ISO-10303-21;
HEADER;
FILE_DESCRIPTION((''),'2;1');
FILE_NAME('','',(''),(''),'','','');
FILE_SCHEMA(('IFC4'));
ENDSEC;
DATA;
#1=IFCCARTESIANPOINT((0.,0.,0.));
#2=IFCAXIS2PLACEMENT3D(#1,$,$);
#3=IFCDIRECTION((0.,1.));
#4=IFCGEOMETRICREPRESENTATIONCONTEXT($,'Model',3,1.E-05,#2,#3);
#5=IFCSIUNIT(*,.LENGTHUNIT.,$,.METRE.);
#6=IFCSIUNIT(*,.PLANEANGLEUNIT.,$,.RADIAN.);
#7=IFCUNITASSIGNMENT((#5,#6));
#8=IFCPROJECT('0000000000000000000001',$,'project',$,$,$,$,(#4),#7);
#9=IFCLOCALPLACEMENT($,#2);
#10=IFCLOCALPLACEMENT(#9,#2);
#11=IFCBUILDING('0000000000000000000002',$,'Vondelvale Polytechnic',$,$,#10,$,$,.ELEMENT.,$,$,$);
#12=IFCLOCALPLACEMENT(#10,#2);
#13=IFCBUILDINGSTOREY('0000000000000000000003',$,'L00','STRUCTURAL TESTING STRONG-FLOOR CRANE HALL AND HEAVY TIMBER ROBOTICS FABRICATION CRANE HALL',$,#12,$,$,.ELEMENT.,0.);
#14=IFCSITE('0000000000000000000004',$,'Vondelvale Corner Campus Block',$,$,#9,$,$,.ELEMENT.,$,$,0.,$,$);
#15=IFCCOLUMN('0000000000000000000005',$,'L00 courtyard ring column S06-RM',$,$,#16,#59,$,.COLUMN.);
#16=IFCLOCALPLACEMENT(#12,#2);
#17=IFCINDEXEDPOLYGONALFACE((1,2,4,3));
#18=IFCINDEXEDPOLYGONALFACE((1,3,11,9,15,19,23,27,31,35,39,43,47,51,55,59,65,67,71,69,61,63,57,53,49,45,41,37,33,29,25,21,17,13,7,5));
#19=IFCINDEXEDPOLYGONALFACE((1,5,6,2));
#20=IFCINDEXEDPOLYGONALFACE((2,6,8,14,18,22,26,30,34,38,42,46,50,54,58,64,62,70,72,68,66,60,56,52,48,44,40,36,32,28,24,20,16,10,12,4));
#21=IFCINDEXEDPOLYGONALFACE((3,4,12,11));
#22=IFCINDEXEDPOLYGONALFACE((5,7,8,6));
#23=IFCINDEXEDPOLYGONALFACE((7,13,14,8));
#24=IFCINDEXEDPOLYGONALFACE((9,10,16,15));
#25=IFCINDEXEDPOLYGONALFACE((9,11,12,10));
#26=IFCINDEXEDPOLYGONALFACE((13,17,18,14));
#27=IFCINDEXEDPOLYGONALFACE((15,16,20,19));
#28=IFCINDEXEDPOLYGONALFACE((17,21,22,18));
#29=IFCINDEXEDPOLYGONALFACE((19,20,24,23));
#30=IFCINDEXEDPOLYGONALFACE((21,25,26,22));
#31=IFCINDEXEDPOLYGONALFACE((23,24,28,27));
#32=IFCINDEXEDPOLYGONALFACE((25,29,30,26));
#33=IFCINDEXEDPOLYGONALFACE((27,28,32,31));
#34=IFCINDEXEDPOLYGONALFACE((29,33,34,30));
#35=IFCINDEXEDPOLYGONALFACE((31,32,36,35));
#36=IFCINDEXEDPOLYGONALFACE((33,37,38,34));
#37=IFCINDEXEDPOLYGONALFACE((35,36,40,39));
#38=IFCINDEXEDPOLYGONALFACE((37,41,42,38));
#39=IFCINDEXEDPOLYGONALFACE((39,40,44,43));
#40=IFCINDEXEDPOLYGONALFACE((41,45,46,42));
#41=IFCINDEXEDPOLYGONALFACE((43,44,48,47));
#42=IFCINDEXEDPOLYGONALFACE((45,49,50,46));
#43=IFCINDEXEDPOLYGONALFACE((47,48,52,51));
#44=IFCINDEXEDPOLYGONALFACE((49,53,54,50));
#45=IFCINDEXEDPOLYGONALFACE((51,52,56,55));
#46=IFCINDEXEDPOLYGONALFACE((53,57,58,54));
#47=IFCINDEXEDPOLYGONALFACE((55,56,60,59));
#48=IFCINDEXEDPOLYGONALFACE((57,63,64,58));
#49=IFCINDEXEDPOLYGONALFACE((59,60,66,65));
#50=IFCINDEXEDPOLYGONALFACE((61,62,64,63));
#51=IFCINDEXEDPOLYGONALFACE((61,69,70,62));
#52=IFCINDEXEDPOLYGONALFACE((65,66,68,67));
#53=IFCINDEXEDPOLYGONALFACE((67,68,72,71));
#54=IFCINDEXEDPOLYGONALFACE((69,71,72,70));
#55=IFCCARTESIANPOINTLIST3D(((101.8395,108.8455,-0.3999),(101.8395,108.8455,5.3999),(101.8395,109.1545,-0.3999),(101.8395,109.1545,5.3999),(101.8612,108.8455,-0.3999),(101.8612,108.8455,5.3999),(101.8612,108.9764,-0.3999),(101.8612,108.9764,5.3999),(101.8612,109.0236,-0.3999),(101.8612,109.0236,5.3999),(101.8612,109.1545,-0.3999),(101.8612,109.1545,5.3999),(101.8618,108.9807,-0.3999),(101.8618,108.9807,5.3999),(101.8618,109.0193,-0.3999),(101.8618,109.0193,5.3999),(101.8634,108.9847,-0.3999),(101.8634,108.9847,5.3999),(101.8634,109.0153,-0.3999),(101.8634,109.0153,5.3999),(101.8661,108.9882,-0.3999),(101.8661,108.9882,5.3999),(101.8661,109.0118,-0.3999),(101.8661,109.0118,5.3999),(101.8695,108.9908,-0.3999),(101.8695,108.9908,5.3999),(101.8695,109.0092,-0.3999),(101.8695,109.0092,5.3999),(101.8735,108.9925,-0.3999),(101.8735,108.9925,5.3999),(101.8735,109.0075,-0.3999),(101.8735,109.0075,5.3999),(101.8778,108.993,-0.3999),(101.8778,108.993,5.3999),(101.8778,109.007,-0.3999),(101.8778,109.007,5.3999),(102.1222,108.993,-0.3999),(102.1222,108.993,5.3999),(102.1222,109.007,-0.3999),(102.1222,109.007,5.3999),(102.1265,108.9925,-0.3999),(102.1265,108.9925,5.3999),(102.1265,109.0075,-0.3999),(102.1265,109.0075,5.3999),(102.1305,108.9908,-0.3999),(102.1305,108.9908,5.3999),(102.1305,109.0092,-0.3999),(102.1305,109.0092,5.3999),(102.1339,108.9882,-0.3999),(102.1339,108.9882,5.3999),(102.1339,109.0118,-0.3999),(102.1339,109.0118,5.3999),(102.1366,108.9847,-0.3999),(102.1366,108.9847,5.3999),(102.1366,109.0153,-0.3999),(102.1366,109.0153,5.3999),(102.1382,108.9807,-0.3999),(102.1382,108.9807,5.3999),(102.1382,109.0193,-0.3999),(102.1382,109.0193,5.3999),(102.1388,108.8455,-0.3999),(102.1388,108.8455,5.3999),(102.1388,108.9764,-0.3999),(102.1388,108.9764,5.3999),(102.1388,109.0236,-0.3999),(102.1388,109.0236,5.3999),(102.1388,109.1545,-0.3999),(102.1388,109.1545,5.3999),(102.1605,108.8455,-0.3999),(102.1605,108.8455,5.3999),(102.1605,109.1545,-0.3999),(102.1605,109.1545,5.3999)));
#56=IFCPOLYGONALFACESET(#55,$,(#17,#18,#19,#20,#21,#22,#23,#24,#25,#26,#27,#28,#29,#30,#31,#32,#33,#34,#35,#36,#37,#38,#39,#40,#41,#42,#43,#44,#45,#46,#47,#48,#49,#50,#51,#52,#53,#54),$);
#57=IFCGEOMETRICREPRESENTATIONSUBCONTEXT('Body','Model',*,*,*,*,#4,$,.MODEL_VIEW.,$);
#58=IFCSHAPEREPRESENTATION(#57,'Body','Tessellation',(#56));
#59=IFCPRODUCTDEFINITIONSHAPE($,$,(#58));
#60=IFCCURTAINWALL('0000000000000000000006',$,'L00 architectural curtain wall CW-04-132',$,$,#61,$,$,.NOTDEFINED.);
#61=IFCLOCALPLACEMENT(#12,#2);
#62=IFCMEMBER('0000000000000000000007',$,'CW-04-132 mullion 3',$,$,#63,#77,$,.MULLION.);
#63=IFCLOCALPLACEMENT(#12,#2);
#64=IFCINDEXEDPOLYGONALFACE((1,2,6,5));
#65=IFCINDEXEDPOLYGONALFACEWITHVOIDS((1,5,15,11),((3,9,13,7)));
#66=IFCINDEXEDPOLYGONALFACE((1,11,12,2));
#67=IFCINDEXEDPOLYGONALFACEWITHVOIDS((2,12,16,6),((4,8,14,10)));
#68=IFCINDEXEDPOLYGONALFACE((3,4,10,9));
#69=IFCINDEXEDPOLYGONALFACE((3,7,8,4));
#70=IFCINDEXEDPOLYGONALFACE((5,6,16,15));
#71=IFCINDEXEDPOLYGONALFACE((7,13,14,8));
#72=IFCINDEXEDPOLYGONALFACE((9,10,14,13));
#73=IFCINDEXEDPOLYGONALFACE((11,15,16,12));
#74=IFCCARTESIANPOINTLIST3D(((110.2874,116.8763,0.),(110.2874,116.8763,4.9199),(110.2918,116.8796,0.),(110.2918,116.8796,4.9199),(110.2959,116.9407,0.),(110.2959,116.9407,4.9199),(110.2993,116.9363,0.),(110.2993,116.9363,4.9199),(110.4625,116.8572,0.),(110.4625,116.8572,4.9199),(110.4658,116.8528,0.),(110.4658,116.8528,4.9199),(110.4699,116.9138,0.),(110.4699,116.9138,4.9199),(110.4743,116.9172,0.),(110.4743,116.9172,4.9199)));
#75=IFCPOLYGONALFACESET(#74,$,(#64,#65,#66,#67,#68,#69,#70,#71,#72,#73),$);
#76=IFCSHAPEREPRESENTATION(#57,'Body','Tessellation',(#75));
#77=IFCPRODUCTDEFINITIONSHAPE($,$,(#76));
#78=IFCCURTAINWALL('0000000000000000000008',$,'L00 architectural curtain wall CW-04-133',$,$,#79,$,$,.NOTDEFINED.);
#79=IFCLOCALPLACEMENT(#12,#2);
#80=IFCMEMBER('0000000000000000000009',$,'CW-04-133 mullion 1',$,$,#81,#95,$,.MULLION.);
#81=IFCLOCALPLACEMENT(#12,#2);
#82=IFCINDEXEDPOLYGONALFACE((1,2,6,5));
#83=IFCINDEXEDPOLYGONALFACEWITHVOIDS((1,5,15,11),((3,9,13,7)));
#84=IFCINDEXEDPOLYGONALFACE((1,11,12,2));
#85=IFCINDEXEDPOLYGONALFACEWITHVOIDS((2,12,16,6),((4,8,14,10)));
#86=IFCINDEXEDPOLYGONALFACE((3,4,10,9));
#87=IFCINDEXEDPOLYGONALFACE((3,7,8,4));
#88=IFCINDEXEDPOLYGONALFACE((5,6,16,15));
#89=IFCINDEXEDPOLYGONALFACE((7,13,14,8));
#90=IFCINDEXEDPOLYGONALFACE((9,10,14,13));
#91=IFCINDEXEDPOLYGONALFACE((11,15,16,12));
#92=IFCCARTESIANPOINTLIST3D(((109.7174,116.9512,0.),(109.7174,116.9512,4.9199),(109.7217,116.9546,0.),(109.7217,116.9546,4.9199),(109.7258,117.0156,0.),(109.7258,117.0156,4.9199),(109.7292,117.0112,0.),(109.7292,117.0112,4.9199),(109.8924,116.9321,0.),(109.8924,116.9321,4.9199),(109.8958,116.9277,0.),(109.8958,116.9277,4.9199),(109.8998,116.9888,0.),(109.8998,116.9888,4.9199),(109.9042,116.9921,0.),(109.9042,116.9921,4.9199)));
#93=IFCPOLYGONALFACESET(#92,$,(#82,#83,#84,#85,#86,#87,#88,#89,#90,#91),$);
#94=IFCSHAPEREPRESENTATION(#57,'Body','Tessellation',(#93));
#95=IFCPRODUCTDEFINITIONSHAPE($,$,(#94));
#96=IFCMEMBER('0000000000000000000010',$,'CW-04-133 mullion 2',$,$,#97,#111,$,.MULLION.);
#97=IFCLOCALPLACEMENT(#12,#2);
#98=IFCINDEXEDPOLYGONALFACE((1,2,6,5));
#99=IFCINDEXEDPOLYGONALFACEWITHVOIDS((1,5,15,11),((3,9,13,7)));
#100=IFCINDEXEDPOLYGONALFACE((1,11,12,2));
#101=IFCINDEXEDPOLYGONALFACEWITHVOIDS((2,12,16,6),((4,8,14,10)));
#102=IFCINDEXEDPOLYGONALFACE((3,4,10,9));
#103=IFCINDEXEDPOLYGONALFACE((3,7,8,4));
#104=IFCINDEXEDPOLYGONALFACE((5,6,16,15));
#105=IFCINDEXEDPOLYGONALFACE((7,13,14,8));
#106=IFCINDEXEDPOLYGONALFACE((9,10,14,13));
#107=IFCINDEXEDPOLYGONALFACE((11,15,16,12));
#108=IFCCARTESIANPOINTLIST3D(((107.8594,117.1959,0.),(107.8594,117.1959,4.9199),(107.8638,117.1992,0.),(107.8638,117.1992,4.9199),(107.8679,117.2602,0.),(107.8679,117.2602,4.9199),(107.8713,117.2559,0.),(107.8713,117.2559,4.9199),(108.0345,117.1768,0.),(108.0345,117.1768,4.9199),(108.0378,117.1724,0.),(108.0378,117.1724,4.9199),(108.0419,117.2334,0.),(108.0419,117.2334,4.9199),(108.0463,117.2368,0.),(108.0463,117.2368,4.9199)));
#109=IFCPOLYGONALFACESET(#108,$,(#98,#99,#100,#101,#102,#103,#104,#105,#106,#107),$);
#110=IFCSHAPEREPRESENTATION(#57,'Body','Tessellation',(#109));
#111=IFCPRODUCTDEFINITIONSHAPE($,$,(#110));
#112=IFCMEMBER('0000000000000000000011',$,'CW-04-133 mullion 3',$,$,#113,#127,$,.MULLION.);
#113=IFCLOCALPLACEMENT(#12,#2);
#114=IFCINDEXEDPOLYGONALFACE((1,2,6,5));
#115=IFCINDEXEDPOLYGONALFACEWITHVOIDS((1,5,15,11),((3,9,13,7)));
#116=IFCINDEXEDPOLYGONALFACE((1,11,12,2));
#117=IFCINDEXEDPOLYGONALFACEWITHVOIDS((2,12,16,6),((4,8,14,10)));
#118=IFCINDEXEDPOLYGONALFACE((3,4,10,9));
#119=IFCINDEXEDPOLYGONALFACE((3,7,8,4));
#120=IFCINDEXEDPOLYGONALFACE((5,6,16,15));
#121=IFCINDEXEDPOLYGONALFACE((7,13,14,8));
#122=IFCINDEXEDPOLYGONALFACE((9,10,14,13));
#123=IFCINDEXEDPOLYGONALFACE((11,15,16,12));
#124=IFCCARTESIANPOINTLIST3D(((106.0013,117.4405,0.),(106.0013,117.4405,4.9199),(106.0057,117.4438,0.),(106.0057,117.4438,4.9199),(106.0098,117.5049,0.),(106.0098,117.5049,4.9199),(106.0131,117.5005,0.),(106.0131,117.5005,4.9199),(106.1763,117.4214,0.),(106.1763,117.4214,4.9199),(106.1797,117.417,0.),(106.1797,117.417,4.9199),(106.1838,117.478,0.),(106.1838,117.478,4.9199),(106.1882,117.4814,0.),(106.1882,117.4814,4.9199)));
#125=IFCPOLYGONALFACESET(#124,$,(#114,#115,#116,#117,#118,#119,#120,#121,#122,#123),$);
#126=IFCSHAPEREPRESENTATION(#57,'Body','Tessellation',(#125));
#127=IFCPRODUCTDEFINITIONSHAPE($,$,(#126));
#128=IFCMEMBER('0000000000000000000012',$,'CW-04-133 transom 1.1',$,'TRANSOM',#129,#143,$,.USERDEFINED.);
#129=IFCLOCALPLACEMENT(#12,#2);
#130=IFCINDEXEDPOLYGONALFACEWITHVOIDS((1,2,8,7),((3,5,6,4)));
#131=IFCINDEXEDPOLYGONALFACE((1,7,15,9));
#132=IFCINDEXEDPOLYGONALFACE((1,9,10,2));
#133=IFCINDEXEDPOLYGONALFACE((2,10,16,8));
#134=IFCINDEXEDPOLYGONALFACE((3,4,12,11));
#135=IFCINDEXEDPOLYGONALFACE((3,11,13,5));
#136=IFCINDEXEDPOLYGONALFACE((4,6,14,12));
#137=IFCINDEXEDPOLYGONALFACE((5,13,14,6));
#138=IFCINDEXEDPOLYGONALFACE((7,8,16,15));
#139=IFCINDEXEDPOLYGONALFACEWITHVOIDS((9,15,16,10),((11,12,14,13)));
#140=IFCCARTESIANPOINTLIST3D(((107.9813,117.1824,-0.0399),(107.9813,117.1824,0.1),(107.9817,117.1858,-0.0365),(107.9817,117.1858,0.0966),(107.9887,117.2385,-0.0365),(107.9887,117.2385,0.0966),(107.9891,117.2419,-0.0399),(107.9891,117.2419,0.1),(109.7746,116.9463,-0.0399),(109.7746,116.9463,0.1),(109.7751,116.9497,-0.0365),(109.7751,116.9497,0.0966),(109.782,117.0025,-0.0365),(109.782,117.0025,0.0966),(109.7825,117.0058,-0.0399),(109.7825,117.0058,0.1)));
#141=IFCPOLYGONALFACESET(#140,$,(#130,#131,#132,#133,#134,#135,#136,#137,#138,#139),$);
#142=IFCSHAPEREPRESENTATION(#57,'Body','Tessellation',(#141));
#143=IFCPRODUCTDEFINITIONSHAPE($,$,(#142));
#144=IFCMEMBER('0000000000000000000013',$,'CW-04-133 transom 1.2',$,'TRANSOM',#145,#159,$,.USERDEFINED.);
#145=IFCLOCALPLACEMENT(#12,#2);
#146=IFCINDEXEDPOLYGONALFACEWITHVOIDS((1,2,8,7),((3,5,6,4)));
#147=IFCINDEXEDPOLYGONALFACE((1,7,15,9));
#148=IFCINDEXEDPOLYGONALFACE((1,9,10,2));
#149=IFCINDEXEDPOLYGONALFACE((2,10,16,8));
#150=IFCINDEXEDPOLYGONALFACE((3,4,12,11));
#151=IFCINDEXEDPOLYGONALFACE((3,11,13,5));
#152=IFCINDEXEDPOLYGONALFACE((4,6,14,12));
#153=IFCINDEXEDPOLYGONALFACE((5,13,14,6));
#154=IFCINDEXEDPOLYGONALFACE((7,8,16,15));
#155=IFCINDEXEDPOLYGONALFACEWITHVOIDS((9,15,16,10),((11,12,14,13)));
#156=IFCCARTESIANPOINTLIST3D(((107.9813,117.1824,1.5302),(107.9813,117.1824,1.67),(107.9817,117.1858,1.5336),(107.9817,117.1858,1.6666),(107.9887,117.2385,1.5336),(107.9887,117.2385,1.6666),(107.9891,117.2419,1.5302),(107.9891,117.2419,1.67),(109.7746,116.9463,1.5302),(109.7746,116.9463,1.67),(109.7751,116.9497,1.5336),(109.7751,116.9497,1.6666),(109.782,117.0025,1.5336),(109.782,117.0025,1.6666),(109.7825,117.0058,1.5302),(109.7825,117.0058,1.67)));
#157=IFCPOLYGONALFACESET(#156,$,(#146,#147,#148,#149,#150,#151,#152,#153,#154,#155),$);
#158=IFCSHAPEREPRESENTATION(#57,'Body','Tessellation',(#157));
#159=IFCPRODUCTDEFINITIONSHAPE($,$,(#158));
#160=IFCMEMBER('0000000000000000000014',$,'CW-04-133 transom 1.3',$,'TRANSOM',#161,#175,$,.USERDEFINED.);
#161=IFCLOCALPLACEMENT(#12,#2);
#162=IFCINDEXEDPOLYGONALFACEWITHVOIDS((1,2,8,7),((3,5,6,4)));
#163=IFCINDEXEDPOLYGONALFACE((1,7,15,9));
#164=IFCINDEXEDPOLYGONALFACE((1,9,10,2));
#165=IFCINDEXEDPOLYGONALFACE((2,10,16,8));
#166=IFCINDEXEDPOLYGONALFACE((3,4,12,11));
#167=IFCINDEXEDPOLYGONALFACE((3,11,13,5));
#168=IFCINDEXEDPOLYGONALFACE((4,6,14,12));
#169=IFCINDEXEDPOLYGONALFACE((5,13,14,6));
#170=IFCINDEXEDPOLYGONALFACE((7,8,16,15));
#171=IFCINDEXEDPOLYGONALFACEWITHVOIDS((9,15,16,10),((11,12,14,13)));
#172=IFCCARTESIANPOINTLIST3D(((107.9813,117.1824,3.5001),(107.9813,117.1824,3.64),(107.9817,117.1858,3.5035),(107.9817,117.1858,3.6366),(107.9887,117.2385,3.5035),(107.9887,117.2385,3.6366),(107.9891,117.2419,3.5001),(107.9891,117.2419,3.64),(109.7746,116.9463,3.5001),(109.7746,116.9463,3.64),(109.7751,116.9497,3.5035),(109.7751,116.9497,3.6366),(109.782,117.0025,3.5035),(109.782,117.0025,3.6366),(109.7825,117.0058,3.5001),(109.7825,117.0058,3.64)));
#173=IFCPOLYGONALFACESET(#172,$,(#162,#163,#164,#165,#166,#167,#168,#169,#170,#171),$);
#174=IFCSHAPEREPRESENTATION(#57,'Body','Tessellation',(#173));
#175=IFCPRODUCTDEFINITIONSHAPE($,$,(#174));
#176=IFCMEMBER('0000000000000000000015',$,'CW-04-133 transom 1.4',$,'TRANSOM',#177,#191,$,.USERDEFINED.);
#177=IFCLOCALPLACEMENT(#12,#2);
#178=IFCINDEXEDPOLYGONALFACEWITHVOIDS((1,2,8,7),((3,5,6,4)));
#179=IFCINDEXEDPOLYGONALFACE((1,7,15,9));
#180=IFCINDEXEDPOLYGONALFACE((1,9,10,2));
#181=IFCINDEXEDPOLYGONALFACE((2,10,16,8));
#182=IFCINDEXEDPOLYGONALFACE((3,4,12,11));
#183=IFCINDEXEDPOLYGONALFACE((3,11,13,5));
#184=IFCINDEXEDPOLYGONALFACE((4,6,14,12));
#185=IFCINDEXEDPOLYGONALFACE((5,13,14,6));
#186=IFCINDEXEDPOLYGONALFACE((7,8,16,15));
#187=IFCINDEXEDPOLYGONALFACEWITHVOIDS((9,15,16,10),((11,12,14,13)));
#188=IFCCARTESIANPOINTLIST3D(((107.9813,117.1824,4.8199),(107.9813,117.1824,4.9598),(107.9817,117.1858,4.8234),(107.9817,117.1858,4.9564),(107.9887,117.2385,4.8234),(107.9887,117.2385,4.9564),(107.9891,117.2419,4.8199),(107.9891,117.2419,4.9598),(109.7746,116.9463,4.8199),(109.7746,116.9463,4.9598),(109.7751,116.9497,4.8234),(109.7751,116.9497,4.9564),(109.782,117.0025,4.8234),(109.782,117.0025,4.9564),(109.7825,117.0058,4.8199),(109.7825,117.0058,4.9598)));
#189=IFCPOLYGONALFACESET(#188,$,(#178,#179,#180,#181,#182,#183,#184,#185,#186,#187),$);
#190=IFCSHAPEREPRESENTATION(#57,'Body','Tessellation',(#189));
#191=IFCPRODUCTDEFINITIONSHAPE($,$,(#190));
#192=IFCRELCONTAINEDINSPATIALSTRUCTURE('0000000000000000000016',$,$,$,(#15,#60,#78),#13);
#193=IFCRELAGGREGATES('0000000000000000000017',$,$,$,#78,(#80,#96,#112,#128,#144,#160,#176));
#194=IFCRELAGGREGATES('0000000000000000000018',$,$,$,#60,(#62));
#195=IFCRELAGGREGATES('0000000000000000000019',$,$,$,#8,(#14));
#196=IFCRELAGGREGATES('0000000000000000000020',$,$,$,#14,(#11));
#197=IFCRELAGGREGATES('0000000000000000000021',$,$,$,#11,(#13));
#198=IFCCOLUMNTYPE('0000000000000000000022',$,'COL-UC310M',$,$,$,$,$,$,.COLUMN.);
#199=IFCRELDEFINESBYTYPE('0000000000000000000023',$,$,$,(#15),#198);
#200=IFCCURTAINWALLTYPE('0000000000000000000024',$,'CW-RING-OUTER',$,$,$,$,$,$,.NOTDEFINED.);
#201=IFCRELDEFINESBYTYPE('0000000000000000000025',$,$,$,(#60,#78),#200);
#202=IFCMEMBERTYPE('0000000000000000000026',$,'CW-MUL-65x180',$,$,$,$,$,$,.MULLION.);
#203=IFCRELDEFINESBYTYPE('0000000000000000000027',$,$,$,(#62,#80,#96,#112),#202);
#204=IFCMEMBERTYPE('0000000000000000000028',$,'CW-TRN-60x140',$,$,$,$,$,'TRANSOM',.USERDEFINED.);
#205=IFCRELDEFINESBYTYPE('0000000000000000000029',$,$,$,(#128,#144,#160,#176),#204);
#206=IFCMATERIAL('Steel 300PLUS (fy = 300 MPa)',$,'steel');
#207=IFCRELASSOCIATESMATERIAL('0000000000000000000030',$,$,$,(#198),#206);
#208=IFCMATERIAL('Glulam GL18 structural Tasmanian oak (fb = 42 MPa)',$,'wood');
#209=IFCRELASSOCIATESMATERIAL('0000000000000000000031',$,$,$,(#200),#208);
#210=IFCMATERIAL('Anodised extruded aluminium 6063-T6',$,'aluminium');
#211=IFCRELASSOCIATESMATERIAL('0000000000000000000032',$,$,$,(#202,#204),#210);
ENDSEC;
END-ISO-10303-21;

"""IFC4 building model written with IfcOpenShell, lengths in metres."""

from ifc_helpers import new_model, si_unit, direction, frame, origin, origin_2d, place, context, subcontext, project, spatial, hollow_rectangle, i_section, extrude, material, material_profile, profile_set, type_object, element, aggregate, save


model = new_model("IFC4")

# Units and contexts
model_context = context("Model", 3, precision=1e-05, world=origin(), true_north=direction((0.0, 1.0)))
body_context = subcontext(model_context, "Body", "Model", "MODEL_VIEW")
ifc_project = project(units=[si_unit("LENGTHUNIT", "METRE"), si_unit("PLANEANGLEUNIT", "RADIAN")], contexts=[model_context])

# Site, building, storey
site_placement = place(None, origin())
site = spatial("IfcSite", under=ifc_project, at=site_placement, Name="Vondelvale Corner Campus Block", CompositionType="ELEMENT", RefElevation=0.0)
building_placement = place(site_placement, origin())
building = spatial("IfcBuilding", under=site, at=building_placement, Name="Vondelvale Polytechnic", CompositionType="ELEMENT")
storey_placement = place(building_placement, origin())
storey = spatial("IfcBuildingStorey", under=building, at=storey_placement, Name="L00", Description="STRUCTURAL TESTING STRONG-FLOOR CRANE HALL AND HEAVY TIMBER ROBOTICS FABRICATION CRANE HALL", CompositionType="ELEMENT", Elevation=0.0)

# Column
ifc_material_1 = material(Name="Glulam GL18 structural Tasmanian oak (fb = 42 MPa)", Category="wood")
ifc_material_2 = material(Name="Steel 300PLUS (fy = 300 MPa)", Category="steel")
ifc_material_profile_1 = material_profile(ifc_material_2, i_section(OverallWidth=0.3091, OverallDepth=0.321, WebThickness=0.0139, FlangeThickness=0.0217, FilletRadius=0.0166, at=origin_2d()), Name="310UC137")
ifc_profile_set_1 = profile_set([ifc_material_profile_1], Name="Steel 300PLUS (fy = 300 MPa)")
column_type_1 = type_object("IfcColumnType", Name="COL-UC310M", PredefinedType="COLUMN", material=ifc_profile_set_1)
column_placement = place(storey_placement, frame((102.0, 109.0, -0.3999), z_axis=(0.0, 0.0, 1.0), x_axis=(0.0, 1.0, 0.0)))
element("IfcColumn", 1, at=column_placement, inside=storey, type_object=column_type_1, Name="L00 courtyard ring column S06-RM", PredefinedType="COLUMN", context=body_context, shape_type="SweptSolid", body=[
    extrude(i_section(OverallWidth=0.3091, OverallDepth=0.321, WebThickness=0.0139, FlangeThickness=0.0217, FilletRadius=0.0166, at=origin_2d()), origin(), (0.0, 0.0, 1.0), 5.7998),
])

# Curtain wall, member
curtain_wall_type = type_object("IfcCurtainWallType", Name="CW-RING-OUTER", PredefinedType="NOTDEFINED", material=ifc_material_1)
curtain_wall_1_placement = place(storey_placement, origin())
curtain_wall_1 = element("IfcCurtainWall", 2, at=curtain_wall_1_placement, inside=storey, type_object=curtain_wall_type, Name="L00 architectural curtain wall CW-04-132", PredefinedType="NOTDEFINED")
ifc_material_3 = material(Name="Anodised extruded aluminium 6063-T6", Category="aluminium")
ifc_material_profile_2 = material_profile(ifc_material_3, hollow_rectangle(XDim=0.0649, YDim=0.1799, WallThickness=0.0039, at=origin_2d()), Name="CW-MUL-180x65")
ifc_profile_set_2 = profile_set([ifc_material_profile_2], Name="Anodised extruded aluminium 6063-T6")
member_type_1 = type_object("IfcMemberType", Name="CW-MUL-65x180", PredefinedType="MULLION", material=ifc_profile_set_2)
member_1_placement = place(storey_placement, frame((110.3809, 116.8967, 0.0), z_axis=(0.0, 0.0, 1.0), x_axis=(-0.130524, -0.991445, 0.0)))
member_1 = element("IfcMember", 3, at=member_1_placement, type_object=member_type_1, Name="CW-04-132 mullion 3", PredefinedType="MULLION", context=body_context, shape_type="SweptSolid", body=[
    extrude(hollow_rectangle(XDim=0.0649, YDim=0.1799, WallThickness=0.0039, at=origin_2d()), origin(), (0.0, 0.0, 1.0), 4.9199),
])

# Curtain wall, members
curtain_wall_2_placement = place(storey_placement, origin())
curtain_wall_2 = element("IfcCurtainWall", 4, at=curtain_wall_2_placement, inside=storey, type_object=curtain_wall_type, Name="L00 architectural curtain wall CW-04-133", PredefinedType="NOTDEFINED")
member_2_placement = place(storey_placement, frame((109.8108, 116.9717, 0.0), z_axis=(0.0, 0.0, 1.0), x_axis=(-0.130497, -0.991449, 0.0)))
member_2 = element("IfcMember", 5, at=member_2_placement, type_object=member_type_1, Name="CW-04-133 mullion 1", PredefinedType="MULLION", context=body_context, shape_type="SweptSolid", body=[
    extrude(hollow_rectangle(XDim=0.0649, YDim=0.1799, WallThickness=0.0039, at=origin_2d()), origin(), (0.0, 0.0, 1.0), 4.9199),
])
member_3_placement = place(storey_placement, frame((107.9529, 117.2163, 0.0), z_axis=(0.0, 0.0, 1.0), x_axis=(-0.130497, -0.991449, 0.0)))
member_3 = element("IfcMember", 6, at=member_3_placement, type_object=member_type_1, Name="CW-04-133 mullion 2", PredefinedType="MULLION", context=body_context, shape_type="SweptSolid", body=[
    extrude(hollow_rectangle(XDim=0.0649, YDim=0.1799, WallThickness=0.0039, at=origin_2d()), origin(), (0.0, 0.0, 1.0), 4.9199),
])
member_4_placement = place(storey_placement, frame((106.0947, 117.4609, 0.0), z_axis=(0.0, 0.0, 1.0), x_axis=(-0.130497, -0.991449, 0.0)))
member_4 = element("IfcMember", 7, at=member_4_placement, type_object=member_type_1, Name="CW-04-133 mullion 3", PredefinedType="MULLION", context=body_context, shape_type="SweptSolid", body=[
    extrude(hollow_rectangle(XDim=0.0649, YDim=0.1799, WallThickness=0.0039, at=origin_2d()), origin(), (0.0, 0.0, 1.0), 4.9199),
])
ifc_material_profile_3 = material_profile(ifc_material_3, hollow_rectangle(XDim=0.0601, YDim=0.1399, WallThickness=0.0034, at=origin_2d()), Name="CW-TRN-140x60")
ifc_profile_set_3 = profile_set([ifc_material_profile_3], Name="Anodised extruded aluminium 6063-T6")
member_type_2 = type_object("IfcMemberType", Name="CW-TRN-60x140", ElementType="TRANSOM", PredefinedType="USERDEFINED", material=ifc_profile_set_3)
member_5_placement = place(storey_placement, frame((109.7786, 116.9761, 0.03), z_axis=(-0.991447, 0.13051, 0.0), x_axis=(-0.13051, -0.991447, 0.0)))
member_5 = element("IfcMember", 8, at=member_5_placement, type_object=member_type_2, Name="CW-04-133 transom 1.1", ObjectType="TRANSOM", PredefinedType="USERDEFINED", context=body_context, shape_type="SweptSolid", body=[
    extrude(hollow_rectangle(XDim=0.0601, YDim=0.1399, WallThickness=0.0034, at=origin_2d()), origin(), (0.0, 0.0, 1.0), 1.8088),
])
member_6_placement = place(storey_placement, frame((109.7786, 116.9761, 1.6001), z_axis=(-0.991447, 0.13051, 0.0), x_axis=(-0.13051, -0.991447, 0.0)))
member_6 = element("IfcMember", 9, at=member_6_placement, type_object=member_type_2, Name="CW-04-133 transom 1.2", ObjectType="TRANSOM", PredefinedType="USERDEFINED", context=body_context, shape_type="SweptSolid", body=[
    extrude(hollow_rectangle(XDim=0.0601, YDim=0.1399, WallThickness=0.0034, at=origin_2d()), origin(), (0.0, 0.0, 1.0), 1.8088),
])
member_7_placement = place(storey_placement, frame((109.7786, 116.9761, 3.5701), z_axis=(-0.991447, 0.13051, 0.0), x_axis=(-0.13051, -0.991447, 0.0)))
member_7 = element("IfcMember", 10, at=member_7_placement, type_object=member_type_2, Name="CW-04-133 transom 1.3", ObjectType="TRANSOM", PredefinedType="USERDEFINED", context=body_context, shape_type="SweptSolid", body=[
    extrude(hollow_rectangle(XDim=0.0601, YDim=0.1399, WallThickness=0.0034, at=origin_2d()), origin(), (0.0, 0.0, 1.0), 1.8088),
])
member_8_placement = place(storey_placement, frame((109.7786, 116.9761, 4.8899), z_axis=(-0.991447, 0.13051, 0.0), x_axis=(-0.13051, -0.991447, 0.0)))
member_8 = element("IfcMember", 11, at=member_8_placement, type_object=member_type_2, Name="CW-04-133 transom 1.4", ObjectType="TRANSOM", PredefinedType="USERDEFINED", context=body_context, shape_type="SweptSolid", body=[
    extrude(hollow_rectangle(XDim=0.0601, YDim=0.1399, WallThickness=0.0034, at=origin_2d()), origin(), (0.0, 0.0, 1.0), 1.8088),
])

aggregate(curtain_wall_2, [member_2, member_3, member_4, member_5, member_6, member_7, member_8])
aggregate(curtain_wall_1, [member_1])

save(model, "model.ifc")
